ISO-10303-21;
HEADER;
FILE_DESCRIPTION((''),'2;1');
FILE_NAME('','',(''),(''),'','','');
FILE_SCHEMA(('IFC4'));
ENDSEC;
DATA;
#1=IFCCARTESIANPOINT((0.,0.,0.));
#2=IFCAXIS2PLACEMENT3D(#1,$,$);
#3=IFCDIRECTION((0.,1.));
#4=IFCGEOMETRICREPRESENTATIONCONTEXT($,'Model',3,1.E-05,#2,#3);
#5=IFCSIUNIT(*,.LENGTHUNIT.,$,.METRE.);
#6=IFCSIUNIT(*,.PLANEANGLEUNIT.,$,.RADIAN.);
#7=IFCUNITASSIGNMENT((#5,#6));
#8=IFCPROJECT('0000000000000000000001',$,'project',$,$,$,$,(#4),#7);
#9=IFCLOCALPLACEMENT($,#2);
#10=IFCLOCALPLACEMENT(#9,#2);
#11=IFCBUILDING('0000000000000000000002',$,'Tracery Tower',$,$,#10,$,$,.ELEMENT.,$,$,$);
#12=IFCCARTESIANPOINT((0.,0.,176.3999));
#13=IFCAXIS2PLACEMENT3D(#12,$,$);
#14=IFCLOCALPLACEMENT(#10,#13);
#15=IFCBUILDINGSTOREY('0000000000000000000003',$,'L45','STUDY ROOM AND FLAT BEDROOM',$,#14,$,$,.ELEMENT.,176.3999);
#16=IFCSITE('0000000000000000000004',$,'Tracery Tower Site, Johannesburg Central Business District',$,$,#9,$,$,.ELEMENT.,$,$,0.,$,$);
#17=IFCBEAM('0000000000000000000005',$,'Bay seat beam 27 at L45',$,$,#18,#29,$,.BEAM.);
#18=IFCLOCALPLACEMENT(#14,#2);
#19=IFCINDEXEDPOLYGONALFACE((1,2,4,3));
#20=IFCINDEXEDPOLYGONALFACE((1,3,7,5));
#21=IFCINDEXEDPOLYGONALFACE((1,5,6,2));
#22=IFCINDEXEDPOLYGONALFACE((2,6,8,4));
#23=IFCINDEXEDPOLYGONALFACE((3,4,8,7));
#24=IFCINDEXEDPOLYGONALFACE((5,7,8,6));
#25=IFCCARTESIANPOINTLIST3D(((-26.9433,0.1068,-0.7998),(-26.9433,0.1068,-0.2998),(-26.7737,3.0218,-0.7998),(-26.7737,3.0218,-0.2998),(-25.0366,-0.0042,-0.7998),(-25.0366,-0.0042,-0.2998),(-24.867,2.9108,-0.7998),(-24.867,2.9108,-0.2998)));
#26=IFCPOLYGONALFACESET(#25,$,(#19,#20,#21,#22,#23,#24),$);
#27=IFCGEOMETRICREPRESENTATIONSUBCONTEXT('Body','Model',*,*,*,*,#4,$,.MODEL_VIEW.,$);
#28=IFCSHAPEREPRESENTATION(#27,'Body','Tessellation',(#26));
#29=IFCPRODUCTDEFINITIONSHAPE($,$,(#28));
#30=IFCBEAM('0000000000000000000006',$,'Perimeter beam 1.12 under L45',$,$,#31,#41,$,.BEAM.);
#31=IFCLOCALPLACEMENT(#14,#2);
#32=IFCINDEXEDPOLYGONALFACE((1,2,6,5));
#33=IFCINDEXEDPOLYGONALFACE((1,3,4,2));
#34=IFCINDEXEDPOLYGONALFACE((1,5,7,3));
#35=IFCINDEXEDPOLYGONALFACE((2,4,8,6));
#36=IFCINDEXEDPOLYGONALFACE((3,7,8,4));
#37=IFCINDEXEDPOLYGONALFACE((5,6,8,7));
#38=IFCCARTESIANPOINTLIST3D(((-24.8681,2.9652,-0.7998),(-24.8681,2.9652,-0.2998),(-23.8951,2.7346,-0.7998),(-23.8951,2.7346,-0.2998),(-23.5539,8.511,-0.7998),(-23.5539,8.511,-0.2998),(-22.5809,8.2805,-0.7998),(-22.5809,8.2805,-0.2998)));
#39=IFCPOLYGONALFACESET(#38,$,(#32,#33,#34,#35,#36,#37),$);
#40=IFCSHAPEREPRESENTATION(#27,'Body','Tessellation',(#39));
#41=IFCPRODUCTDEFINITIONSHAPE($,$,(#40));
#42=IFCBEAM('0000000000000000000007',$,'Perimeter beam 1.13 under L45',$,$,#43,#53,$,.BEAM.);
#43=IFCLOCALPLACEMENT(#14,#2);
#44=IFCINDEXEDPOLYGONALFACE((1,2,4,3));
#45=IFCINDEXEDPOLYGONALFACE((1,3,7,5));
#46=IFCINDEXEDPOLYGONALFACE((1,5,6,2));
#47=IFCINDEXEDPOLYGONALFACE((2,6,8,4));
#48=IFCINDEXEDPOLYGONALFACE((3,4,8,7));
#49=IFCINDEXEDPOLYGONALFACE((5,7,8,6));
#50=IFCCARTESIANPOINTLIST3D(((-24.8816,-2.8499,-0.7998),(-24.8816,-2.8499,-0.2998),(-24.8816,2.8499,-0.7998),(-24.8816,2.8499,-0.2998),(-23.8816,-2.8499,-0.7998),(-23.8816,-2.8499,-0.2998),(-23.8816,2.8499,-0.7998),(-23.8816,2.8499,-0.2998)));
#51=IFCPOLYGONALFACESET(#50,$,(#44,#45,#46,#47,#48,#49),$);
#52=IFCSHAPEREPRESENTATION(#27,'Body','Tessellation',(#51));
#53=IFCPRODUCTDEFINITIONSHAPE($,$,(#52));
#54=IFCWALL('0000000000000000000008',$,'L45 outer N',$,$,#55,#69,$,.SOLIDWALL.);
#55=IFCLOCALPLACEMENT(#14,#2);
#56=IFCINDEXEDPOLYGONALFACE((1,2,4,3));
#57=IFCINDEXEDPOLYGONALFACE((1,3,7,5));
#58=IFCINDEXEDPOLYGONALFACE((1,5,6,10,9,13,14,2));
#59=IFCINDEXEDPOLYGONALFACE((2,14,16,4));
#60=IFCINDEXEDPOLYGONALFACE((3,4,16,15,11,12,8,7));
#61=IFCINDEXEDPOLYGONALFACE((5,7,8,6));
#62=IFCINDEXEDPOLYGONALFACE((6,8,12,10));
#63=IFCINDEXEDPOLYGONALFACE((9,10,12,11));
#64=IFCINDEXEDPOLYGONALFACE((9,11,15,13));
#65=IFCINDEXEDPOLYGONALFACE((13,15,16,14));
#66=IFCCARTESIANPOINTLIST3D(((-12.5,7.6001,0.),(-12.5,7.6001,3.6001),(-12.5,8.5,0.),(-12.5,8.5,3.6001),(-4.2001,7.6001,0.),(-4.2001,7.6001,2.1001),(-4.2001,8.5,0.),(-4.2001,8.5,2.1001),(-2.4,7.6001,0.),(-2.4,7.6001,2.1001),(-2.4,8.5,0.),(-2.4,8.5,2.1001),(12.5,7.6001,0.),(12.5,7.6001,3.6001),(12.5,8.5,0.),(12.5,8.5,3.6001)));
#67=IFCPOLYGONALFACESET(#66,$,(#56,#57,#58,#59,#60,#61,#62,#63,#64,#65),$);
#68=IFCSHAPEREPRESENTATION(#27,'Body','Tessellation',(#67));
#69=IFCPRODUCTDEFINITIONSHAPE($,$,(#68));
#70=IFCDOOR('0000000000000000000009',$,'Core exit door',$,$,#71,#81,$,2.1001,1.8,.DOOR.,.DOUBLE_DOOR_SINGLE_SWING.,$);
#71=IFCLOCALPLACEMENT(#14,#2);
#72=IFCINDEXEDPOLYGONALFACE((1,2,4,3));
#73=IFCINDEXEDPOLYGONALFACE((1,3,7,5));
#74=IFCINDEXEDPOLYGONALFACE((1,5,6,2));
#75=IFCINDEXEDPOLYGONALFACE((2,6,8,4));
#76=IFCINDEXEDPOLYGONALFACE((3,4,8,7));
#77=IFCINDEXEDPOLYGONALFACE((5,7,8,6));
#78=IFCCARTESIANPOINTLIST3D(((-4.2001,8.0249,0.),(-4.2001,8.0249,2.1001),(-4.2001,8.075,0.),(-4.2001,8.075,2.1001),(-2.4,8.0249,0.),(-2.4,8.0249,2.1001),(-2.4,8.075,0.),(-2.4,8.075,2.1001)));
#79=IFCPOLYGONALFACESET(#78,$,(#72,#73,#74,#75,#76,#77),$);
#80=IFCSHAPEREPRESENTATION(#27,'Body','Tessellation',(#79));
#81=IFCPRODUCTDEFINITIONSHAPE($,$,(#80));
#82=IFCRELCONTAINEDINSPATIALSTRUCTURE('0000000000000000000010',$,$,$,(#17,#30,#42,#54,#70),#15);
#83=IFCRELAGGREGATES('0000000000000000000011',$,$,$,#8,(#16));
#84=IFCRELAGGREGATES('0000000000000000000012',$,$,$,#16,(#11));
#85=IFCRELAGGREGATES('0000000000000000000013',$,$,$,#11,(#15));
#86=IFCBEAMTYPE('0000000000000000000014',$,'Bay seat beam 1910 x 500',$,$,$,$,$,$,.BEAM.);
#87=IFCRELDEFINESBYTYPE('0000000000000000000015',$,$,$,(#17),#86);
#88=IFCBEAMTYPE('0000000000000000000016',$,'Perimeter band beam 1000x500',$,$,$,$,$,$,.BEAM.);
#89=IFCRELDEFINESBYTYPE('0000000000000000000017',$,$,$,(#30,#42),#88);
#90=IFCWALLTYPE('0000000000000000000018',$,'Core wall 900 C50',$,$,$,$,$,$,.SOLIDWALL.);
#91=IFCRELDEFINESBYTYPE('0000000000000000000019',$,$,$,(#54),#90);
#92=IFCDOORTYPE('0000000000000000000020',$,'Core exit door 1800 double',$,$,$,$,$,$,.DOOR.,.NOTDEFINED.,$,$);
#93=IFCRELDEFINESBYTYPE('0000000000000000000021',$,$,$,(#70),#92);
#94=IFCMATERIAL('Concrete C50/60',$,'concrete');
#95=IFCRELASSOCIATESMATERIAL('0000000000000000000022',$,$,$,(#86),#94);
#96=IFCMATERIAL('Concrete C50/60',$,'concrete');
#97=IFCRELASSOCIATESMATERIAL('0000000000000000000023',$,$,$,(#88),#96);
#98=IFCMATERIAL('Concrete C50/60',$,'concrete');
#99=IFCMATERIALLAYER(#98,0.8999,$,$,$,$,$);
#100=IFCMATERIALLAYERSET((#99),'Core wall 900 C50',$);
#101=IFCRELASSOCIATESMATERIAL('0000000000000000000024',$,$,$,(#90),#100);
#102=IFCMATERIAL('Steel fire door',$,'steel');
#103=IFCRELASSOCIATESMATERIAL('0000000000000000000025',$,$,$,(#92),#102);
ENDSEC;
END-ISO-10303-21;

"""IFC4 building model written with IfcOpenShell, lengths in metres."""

from ifc_helpers import new_model, si_unit, direction, frame, frame_2d, origin, origin_2d, place, context, subcontext, project, spatial, rectangle, extrude, material, layer, layer_set, material_profile, profile_set, type_object, element, fill, save


model = new_model("IFC4")

# Units and contexts
model_context = context("Model", 3, precision=1e-05, world=origin(), true_north=direction((0.0, 1.0)))
body_context = subcontext(model_context, "Body", "Model", "MODEL_VIEW")
ifc_project = project(units=[si_unit("LENGTHUNIT", "METRE"), si_unit("PLANEANGLEUNIT", "RADIAN")], contexts=[model_context])

# Site, building, storey
site_placement = place(None, origin())
site = spatial("IfcSite", under=ifc_project, at=site_placement, Name="Tracery Tower Site, Johannesburg Central Business District", CompositionType="ELEMENT", RefElevation=0.0)
building_placement = place(site_placement, origin())
building = spatial("IfcBuilding", under=site, at=building_placement, Name="Tracery Tower", CompositionType="ELEMENT")
storey_placement = place(building_placement, frame((0.0, 0.0, 176.3999)))
storey = spatial("IfcBuildingStorey", under=building, at=storey_placement, Name="L45", Description="STUDY ROOM AND FLAT BEDROOM", CompositionType="ELEMENT", Elevation=176.3999)

# Beams
ifc_material_1 = material(Name="Concrete C50/60", Category="concrete")
ifc_material_profile_1 = material_profile(ifc_material_1, rectangle(XDim=1.9099, YDim=0.5, at=origin_2d()), Name="RC 1910x500")
ifc_profile_set_1 = profile_set([ifc_material_profile_1], Name="Concrete C50/60")
beam_type_1 = type_object("IfcBeamType", Name="Bay seat beam 1910 x 500", PredefinedType="BEAM", material=ifc_profile_set_1)
beam_1_placement = place(storey_placement, frame((-25.8203, 2.9663, -0.5498), z_axis=(-0.058109, -0.99831, 0.0), x_axis=(0.99831, -0.058109, 0.0)))
element("IfcBeam", 1, at=beam_1_placement, inside=storey, type_object=beam_type_1, Name="Bay seat beam 27 at L45", PredefinedType="BEAM", context=body_context, shape_type="SweptSolid", body=[
    extrude(rectangle(XDim=1.9099, YDim=0.5, at=origin_2d()), origin(), (0.0, 0.0, 1.0), 2.9199),
])
ifc_material_2 = material(Name="Concrete C50/60", Category="concrete")
ifc_material_profile_2 = material_profile(ifc_material_2, rectangle(XDim=1.0, YDim=0.5, at=origin_2d()), Name="RC 1000x500")
ifc_profile_set_2 = profile_set([ifc_material_profile_2], Name="Concrete C50/60")
beam_type_2 = type_object("IfcBeamType", Name="Perimeter band beam 1000x500", PredefinedType="BEAM", material=ifc_profile_set_2)
beam_2_placement = place(storey_placement, frame((-23.0674, 8.3958, -0.5498), z_axis=(-0.230584, -0.973052, 0.0), x_axis=(0.973052, -0.230584, 0.0)))
element("IfcBeam", 2, at=beam_2_placement, inside=storey, type_object=beam_type_2, Name="Perimeter beam 1.12 under L45", PredefinedType="BEAM", context=body_context, shape_type="SweptSolid", body=[
    extrude(rectangle(XDim=1.0, YDim=0.5, at=origin_2d()), origin(), (0.0, 0.0, 1.0), 5.6995),
])
beam_3_placement = place(storey_placement, frame((-24.3816, 2.8499, -0.5498), z_axis=(0.0, -1.0, 0.0), x_axis=(1.0, 0.0, 0.0)))
element("IfcBeam", 3, at=beam_3_placement, inside=storey, type_object=beam_type_2, Name="Perimeter beam 1.13 under L45", PredefinedType="BEAM", context=body_context, shape_type="SweptSolid", body=[
    extrude(rectangle(XDim=1.0, YDim=0.5, at=origin_2d()), origin(), (0.0, 0.0, 1.0), 5.6997),
])

# Wall, opening, door
ifc_material_3 = material(Name="Concrete C50/60", Category="concrete")
ifc_layer_1 = layer(ifc_material_3, 0.8999)
ifc_layer_set_1 = layer_set([ifc_layer_1], Name="Core wall 900 C50")
wall_type_1 = type_object("IfcWallType", Name="Core wall 900 C50", PredefinedType="SOLIDWALL", material=ifc_layer_set_1)
wall_1_placement = place(storey_placement, frame((-12.5, 8.05, 0.0), z_axis=(0.0, 0.0, 1.0), x_axis=(1.0, 0.0, 0.0)))
wall_1 = element("IfcWall", 4, at=wall_1_placement, inside=storey, type_object=wall_type_1, Name="L45 outer N", PredefinedType="SOLIDWALL", context=body_context, shape_type="SweptSolid", body=[
    extrude(rectangle(XDim=25.0, YDim=0.8999, at=frame_2d((12.5, 0.0))), origin(), (0.0, 0.0, 1.0), 3.6001),
])
opening_1_placement = place(wall_1_placement, frame((8.3, 0.0, 0.0)))
opening_1 = element("IfcOpeningElement", 5, at=opening_1_placement, cuts=wall_1, PredefinedType="OPENING", context=body_context, shape_type="SweptSolid", body=[
    extrude(rectangle(XDim=1.8, YDim=2.1001, at=frame_2d((0.8999, 1.05))), frame((0.0, 0.45, 0.0), z_axis=(0.0, -1.0, 0.0), x_axis=(1.0, 0.0, 0.0)), (0.0, 0.0, 1.0), 0.8999),
])
ifc_material_4 = material(Name="Steel fire door", Category="steel")
door_type_1 = type_object("IfcDoorType", Name="Core exit door 1800 double", OperationType="NOTDEFINED", PredefinedType="DOOR", material=ifc_material_4)
door_1_placement = place(opening_1_placement, origin())
door_1 = element("IfcDoor", 6, at=door_1_placement, inside=storey, type_object=door_type_1, Name="Core exit door", OperationType="DOUBLE_DOOR_SINGLE_SWING", OverallHeight=2.1001, OverallWidth=1.8, PredefinedType="DOOR", context=body_context, shape_type="SweptSolid", body=[
    extrude(rectangle(XDim=1.8, YDim=2.1001, at=frame_2d((0.8999, 1.05))), frame((0.0, 0.0249, 0.0), z_axis=(0.0, -1.0, 0.0), x_axis=(1.0, 0.0, 0.0)), (0.0, 0.0, 1.0), 0.05),
])
fill(opening_1, door_1)

save(model, "model.ifc")
